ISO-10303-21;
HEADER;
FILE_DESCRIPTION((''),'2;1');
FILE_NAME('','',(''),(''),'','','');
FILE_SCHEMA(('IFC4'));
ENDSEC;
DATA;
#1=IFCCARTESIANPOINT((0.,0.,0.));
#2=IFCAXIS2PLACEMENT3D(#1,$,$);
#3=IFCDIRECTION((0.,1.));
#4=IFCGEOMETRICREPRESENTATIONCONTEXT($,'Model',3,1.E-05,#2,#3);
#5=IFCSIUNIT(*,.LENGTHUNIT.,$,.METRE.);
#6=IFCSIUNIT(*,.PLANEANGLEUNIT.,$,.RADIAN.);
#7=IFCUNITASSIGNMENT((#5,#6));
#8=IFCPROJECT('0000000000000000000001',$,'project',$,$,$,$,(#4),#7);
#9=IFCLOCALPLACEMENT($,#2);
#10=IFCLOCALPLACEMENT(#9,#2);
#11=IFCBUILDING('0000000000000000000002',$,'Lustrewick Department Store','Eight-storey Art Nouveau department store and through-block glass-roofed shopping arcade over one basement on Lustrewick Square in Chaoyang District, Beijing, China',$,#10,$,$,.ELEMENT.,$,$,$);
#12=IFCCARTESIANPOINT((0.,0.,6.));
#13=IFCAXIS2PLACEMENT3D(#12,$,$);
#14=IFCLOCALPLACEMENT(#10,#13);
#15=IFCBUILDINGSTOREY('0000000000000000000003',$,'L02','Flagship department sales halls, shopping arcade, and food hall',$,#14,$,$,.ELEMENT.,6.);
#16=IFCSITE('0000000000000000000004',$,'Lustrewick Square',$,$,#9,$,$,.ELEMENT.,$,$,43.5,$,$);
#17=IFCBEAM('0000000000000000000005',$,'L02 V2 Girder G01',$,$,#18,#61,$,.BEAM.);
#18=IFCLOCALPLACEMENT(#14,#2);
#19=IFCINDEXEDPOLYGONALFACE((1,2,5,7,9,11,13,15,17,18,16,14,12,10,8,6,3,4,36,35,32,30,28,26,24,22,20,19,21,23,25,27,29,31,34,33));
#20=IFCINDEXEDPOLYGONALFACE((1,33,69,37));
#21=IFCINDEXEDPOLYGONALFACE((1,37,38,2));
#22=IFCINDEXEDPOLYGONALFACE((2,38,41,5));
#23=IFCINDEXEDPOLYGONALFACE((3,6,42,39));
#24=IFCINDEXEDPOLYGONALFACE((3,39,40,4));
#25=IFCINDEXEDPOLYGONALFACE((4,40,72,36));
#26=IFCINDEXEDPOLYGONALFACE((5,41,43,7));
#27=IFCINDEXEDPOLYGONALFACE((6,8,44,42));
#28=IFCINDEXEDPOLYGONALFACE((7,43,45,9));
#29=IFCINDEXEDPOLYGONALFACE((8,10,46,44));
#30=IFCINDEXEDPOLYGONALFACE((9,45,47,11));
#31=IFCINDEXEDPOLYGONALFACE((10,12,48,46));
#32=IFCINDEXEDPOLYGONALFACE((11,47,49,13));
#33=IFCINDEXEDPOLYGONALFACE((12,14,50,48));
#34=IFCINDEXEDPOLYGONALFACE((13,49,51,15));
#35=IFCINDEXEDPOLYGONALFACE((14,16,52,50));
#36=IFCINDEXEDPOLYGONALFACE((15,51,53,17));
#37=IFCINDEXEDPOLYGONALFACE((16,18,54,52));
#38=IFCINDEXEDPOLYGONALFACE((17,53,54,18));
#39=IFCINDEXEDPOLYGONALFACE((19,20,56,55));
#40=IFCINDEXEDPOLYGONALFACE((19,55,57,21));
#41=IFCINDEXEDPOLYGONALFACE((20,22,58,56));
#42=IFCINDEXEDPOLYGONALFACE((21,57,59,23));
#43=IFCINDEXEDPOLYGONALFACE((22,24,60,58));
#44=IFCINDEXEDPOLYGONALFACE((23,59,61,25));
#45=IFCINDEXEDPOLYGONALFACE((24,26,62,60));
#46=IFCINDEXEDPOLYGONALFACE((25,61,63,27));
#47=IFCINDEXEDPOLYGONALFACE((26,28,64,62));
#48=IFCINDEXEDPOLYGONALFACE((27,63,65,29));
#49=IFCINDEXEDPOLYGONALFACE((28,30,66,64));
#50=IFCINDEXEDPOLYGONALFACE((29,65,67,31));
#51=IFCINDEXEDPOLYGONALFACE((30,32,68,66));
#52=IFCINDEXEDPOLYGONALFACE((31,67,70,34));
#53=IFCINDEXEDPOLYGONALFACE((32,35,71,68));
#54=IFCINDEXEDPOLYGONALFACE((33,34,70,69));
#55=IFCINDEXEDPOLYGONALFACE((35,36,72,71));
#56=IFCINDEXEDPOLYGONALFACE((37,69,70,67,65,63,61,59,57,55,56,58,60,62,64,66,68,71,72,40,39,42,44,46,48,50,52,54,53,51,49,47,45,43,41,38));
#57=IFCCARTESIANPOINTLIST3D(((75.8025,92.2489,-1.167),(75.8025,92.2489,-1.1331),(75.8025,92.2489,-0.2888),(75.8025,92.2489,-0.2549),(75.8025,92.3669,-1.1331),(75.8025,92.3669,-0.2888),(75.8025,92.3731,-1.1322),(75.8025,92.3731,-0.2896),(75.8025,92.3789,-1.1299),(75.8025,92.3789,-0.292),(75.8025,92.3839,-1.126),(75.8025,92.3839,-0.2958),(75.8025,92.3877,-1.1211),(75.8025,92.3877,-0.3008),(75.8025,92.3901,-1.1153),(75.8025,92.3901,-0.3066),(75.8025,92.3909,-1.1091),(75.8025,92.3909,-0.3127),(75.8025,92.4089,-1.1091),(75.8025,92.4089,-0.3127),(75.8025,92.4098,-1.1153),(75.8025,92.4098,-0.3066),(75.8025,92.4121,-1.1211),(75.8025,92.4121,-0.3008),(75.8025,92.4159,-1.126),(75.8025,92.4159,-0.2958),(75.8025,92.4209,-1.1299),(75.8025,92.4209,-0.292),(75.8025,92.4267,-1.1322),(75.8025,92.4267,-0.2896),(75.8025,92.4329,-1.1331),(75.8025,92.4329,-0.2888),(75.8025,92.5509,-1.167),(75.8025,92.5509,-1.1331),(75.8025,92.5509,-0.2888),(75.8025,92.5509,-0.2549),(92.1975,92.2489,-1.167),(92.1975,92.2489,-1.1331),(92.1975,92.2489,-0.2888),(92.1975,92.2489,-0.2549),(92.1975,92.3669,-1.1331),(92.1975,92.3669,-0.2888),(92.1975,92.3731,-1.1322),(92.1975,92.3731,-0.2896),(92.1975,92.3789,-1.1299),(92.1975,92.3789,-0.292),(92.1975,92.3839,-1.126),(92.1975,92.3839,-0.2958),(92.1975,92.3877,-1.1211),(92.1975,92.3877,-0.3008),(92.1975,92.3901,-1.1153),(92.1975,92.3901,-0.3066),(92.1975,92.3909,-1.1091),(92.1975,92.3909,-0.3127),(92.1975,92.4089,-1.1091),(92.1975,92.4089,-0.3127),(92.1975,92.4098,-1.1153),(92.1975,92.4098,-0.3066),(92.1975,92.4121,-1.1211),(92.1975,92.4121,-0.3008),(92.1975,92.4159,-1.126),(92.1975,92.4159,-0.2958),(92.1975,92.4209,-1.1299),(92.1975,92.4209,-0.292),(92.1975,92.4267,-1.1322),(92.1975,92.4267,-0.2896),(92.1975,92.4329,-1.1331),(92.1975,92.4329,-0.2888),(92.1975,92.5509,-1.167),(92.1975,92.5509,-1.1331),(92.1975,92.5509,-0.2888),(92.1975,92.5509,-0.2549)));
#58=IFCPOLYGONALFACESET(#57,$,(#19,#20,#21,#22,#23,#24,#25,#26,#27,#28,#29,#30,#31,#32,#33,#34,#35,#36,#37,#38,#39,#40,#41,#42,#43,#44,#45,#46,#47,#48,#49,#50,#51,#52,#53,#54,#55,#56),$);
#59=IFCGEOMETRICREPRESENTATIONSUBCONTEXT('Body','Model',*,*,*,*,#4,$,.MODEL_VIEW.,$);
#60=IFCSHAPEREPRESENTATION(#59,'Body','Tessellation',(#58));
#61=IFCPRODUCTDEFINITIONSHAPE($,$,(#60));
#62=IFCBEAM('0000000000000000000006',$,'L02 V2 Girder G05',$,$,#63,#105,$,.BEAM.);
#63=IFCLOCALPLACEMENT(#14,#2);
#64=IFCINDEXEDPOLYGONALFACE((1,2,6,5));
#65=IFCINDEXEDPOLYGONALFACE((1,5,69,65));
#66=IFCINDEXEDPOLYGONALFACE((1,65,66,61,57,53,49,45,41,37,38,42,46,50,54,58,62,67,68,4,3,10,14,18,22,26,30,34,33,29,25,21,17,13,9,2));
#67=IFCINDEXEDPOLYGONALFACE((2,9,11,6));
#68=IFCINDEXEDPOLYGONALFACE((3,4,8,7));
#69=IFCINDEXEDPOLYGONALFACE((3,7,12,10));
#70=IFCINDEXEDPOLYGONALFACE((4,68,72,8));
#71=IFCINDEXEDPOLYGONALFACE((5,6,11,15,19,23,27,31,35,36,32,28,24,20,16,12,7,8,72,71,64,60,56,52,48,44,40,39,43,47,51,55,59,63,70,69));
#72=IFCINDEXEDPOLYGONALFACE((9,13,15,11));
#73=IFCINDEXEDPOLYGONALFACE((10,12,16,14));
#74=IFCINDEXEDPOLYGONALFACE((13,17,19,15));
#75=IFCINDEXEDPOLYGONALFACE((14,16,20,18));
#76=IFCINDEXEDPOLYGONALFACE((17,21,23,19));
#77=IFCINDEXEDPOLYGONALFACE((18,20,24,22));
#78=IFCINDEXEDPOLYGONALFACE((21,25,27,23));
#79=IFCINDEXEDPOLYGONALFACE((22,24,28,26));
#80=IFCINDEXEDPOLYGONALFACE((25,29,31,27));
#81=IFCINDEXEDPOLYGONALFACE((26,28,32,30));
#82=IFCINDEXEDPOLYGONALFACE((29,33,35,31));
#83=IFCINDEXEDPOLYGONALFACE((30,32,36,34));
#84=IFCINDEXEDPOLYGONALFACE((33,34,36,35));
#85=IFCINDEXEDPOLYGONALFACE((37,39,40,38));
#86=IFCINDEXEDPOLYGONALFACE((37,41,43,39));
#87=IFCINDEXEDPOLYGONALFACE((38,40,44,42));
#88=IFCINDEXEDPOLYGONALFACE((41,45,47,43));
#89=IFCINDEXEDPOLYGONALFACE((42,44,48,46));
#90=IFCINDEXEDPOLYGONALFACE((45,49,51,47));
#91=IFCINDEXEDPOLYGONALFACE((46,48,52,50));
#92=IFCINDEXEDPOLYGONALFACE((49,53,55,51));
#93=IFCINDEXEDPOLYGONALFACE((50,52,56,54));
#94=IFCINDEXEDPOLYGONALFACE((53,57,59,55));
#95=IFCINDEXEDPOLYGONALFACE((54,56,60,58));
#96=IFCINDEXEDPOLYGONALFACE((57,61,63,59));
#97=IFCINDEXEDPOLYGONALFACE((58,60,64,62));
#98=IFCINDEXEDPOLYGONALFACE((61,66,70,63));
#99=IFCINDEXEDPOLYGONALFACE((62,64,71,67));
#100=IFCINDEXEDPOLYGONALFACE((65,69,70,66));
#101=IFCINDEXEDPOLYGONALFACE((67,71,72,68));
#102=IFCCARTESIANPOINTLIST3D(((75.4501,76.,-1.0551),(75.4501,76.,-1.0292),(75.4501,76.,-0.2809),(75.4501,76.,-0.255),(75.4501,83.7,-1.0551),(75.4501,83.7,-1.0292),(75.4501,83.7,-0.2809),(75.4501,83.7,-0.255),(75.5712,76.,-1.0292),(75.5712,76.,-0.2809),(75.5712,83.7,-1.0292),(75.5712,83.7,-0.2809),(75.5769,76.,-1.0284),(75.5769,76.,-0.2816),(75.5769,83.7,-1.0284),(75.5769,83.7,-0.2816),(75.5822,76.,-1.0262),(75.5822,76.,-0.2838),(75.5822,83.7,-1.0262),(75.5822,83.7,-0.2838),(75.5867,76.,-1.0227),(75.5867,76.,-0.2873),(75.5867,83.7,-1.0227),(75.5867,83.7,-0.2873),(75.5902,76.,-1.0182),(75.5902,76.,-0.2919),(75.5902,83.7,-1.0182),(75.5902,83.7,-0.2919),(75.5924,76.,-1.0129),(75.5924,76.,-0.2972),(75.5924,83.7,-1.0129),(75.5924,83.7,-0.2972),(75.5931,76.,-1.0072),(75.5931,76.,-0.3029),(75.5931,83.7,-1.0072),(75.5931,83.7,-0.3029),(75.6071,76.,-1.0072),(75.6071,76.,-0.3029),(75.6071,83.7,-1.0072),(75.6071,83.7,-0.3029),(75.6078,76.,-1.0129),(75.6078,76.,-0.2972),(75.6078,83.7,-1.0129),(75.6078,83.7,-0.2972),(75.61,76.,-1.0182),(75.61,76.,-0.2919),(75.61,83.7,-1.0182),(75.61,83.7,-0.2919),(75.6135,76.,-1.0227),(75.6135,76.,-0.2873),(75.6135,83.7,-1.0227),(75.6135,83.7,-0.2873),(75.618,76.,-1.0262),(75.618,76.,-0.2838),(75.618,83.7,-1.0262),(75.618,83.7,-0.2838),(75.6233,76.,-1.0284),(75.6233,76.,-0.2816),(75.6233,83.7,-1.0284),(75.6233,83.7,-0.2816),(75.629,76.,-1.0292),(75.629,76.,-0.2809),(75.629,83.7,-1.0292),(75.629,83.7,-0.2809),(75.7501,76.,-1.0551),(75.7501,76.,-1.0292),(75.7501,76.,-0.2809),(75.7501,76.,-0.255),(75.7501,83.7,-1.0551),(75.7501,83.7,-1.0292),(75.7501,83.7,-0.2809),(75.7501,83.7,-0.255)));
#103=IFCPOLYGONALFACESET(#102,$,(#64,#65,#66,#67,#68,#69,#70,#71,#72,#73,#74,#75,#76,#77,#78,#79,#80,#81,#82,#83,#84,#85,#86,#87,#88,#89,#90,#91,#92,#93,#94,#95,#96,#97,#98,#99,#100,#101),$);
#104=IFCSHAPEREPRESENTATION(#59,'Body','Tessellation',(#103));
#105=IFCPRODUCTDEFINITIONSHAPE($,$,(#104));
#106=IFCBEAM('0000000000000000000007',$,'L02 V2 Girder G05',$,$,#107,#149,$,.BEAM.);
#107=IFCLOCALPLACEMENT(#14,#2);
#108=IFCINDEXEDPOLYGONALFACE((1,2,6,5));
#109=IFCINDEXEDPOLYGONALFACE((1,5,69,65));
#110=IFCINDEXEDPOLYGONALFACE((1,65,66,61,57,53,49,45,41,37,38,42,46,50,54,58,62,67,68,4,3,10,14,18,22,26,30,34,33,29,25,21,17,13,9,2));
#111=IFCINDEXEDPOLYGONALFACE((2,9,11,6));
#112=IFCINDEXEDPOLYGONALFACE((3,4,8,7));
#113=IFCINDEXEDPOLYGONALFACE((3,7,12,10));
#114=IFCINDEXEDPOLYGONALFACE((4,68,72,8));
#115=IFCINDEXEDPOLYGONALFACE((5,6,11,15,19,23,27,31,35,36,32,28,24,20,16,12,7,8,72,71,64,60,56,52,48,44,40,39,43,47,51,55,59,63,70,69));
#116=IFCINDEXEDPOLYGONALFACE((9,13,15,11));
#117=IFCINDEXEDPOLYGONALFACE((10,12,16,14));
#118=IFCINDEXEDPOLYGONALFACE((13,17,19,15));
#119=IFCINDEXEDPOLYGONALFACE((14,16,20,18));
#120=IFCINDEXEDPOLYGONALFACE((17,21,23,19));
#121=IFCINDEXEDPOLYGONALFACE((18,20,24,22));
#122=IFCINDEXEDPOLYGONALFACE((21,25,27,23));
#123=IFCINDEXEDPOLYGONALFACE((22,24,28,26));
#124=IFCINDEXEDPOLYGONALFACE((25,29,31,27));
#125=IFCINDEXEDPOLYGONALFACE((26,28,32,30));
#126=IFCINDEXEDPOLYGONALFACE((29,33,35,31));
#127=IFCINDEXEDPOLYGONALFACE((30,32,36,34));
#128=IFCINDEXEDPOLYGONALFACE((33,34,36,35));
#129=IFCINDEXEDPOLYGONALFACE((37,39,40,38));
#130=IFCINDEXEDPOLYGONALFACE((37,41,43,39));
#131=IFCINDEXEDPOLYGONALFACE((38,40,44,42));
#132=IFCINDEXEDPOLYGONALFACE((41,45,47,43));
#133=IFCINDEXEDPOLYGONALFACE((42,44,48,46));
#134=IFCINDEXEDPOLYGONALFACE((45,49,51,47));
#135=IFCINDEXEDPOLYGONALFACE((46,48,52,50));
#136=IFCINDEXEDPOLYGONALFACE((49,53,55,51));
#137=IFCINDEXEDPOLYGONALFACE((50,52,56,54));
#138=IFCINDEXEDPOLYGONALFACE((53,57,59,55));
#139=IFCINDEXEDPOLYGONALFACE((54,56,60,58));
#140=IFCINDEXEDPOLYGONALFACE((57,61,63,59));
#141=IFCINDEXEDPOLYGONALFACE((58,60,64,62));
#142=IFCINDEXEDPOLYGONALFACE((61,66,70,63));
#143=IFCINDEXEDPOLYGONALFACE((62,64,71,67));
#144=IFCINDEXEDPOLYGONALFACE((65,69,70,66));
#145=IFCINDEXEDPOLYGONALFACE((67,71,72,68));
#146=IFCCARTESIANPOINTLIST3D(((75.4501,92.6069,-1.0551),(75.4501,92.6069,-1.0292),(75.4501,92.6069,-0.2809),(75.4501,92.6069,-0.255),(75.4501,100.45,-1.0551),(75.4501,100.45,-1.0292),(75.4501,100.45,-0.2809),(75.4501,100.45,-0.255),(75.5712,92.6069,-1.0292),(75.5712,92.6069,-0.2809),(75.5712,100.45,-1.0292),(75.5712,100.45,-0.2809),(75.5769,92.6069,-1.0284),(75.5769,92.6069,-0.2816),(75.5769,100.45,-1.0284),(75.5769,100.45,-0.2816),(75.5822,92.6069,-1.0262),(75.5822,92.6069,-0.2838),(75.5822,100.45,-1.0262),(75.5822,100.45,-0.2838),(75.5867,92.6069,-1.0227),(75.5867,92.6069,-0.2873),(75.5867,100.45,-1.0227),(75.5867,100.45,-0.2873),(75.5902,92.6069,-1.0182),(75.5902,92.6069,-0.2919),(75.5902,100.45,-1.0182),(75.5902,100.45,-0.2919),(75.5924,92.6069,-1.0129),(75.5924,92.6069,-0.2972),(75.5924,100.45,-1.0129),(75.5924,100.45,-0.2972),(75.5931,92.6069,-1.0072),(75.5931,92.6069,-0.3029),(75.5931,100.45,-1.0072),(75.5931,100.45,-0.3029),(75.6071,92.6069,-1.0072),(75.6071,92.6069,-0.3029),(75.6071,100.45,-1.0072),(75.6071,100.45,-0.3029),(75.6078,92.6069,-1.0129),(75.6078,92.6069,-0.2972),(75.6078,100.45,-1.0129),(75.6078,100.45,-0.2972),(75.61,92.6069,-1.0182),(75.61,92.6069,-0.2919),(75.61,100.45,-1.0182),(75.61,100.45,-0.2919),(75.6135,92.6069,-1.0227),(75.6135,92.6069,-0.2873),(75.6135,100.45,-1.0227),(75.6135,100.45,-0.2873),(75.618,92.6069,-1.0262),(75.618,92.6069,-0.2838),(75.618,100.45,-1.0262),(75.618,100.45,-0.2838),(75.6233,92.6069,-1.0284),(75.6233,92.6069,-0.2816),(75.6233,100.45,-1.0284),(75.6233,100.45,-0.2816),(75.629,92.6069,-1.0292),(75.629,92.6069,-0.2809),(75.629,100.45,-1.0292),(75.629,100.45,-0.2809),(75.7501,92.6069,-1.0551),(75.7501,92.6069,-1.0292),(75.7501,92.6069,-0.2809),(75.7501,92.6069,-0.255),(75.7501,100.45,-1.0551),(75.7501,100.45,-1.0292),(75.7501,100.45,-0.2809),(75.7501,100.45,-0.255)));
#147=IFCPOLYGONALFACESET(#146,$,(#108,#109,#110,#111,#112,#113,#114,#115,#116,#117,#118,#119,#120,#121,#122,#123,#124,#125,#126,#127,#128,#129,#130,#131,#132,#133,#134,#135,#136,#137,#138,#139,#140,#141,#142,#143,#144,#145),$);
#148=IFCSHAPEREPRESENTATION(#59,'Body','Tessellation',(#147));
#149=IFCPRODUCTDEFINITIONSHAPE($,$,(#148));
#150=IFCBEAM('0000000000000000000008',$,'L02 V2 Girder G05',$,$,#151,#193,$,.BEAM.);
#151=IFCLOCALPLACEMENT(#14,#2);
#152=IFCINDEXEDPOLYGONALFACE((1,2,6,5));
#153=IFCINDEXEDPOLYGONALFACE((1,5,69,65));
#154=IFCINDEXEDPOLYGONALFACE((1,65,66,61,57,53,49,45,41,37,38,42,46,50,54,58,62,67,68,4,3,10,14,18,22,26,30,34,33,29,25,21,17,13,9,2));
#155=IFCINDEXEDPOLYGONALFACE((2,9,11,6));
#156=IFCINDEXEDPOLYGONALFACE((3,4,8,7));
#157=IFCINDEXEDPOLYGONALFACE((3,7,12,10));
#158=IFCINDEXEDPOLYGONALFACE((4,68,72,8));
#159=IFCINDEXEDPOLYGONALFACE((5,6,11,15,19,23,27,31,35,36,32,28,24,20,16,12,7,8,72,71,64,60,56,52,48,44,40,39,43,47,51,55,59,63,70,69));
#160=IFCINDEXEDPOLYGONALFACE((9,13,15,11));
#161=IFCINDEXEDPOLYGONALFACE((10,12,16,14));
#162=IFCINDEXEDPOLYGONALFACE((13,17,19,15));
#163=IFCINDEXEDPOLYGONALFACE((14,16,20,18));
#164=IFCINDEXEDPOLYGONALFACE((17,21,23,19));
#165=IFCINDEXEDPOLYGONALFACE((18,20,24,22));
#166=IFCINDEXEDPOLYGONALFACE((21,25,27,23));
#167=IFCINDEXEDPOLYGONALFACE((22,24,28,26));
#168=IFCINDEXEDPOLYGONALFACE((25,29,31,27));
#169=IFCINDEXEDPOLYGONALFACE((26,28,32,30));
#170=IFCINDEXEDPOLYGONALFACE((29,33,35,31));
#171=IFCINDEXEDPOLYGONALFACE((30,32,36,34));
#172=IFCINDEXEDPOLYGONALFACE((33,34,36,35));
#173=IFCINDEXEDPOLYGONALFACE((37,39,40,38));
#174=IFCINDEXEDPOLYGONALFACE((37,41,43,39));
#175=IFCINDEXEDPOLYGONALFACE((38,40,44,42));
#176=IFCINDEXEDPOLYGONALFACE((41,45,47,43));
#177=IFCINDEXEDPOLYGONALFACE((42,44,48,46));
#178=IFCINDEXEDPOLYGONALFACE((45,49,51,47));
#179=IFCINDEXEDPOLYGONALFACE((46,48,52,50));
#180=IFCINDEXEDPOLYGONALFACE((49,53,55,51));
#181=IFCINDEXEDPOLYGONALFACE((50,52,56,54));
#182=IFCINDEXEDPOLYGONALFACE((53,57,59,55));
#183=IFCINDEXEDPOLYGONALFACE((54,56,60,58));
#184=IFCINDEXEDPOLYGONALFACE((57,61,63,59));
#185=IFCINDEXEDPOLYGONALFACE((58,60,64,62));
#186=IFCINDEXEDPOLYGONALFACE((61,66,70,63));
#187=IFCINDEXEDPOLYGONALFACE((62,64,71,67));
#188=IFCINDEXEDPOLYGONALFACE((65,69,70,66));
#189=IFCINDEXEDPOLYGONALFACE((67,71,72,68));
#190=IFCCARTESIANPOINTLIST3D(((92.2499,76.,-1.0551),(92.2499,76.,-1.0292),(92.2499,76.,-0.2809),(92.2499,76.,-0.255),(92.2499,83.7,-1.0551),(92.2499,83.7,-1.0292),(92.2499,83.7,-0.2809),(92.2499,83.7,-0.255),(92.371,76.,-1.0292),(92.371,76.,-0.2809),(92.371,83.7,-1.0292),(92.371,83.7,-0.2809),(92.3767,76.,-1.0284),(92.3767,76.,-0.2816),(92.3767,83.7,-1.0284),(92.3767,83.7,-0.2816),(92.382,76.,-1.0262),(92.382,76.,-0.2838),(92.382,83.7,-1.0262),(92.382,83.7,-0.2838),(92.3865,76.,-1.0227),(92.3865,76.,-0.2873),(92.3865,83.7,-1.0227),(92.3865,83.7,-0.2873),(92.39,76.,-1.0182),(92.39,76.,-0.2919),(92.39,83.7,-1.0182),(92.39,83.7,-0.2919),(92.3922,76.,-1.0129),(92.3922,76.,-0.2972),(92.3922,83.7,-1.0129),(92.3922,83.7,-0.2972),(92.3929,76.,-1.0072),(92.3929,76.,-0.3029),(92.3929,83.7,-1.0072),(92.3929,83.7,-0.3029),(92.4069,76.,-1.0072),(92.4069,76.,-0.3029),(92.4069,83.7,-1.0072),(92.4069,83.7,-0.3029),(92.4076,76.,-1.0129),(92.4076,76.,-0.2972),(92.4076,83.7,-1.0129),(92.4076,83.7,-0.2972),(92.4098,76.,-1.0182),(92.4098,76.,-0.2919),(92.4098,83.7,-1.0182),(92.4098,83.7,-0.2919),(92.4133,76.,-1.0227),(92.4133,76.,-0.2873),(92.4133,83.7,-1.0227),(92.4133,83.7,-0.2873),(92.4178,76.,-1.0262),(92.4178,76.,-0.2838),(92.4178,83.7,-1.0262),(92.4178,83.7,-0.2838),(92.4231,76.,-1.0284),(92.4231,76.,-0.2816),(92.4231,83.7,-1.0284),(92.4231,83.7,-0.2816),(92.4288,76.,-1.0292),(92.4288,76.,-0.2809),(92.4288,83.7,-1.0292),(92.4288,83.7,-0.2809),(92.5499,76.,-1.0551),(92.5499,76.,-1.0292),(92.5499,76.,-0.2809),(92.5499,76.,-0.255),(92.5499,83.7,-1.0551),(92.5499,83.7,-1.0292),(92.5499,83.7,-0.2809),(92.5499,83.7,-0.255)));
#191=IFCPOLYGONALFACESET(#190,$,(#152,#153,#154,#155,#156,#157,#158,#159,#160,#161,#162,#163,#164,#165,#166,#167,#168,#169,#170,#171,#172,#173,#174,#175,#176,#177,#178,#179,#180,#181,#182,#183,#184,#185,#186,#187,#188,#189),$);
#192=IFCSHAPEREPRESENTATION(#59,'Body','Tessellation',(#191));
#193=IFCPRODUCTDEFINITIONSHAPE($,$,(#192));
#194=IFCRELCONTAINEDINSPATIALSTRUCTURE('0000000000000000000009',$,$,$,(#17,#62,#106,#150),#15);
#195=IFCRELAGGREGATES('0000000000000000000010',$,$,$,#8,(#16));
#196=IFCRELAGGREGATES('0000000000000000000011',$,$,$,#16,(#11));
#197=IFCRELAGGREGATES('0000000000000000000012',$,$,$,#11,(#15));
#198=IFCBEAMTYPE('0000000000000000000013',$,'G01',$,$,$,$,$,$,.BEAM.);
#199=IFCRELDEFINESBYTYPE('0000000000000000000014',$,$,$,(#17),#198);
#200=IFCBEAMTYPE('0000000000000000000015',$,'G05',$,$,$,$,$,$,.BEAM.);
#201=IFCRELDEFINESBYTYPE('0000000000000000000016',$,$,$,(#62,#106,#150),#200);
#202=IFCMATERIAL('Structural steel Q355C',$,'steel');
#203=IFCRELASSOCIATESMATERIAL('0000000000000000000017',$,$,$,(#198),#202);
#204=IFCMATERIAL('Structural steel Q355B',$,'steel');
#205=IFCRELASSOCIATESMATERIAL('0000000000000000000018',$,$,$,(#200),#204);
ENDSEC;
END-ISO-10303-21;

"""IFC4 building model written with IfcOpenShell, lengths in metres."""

from ifc_helpers import new_model, si_unit, direction, frame, origin, origin_2d, place, context, subcontext, project, spatial, i_section, extrude, material, material_profile, profile_set, type_object, element, save


model = new_model("IFC4")

# Units and contexts
model_context = context("Model", 3, precision=1e-05, world=origin(), true_north=direction((0.0, 1.0)))
body_context = subcontext(model_context, "Body", "Model", "MODEL_VIEW")
ifc_project = project(units=[si_unit("LENGTHUNIT", "METRE"), si_unit("PLANEANGLEUNIT", "RADIAN")], contexts=[model_context])

# Site, building, storey
site_placement = place(None, origin())
site = spatial("IfcSite", under=ifc_project, at=site_placement, Name="Lustrewick Square", CompositionType="ELEMENT", RefElevation=43.5)
building_placement = place(site_placement, origin())
building = spatial("IfcBuilding", under=site, at=building_placement, Name="Lustrewick Department Store", Description="Eight-storey Art Nouveau department store and through-block glass-roofed shopping arcade over one basement on Lustrewick Square in Chaoyang District, Beijing, China", CompositionType="ELEMENT")
storey_placement = place(building_placement, frame((0.0, 0.0, 6.0)))
storey = spatial("IfcBuildingStorey", under=building, at=storey_placement, Name="L02", Description="Flagship department sales halls, shopping arcade, and food hall", CompositionType="ELEMENT", Elevation=6.0)

# Shared definitions
ifc_material_1 = material(Name="Structural steel Q355C", Category="steel")
ifc_material_2 = material(Name="Structural steel Q355B", Category="steel")

# Beams
ifc_material_profile_1 = material_profile(ifc_material_1, i_section(OverallWidth=0.302, OverallDepth=0.9121, WebThickness=0.0181, FlangeThickness=0.0339, FilletRadius=0.0239, at=origin_2d()), Name="HN 912x302x18x34")
ifc_profile_set_1 = profile_set([ifc_material_profile_1], Name="Structural steel Q355C")
beam_type_1 = type_object("IfcBeamType", Name="G01", PredefinedType="BEAM", material=ifc_profile_set_1)
beam_1_placement = place(storey_placement, frame((75.8025, 92.3999, -0.7109), z_axis=(1.0, 0.0, 0.0), x_axis=(0.0, 1.0, 0.0)))
element("IfcBeam", 1, at=beam_1_placement, inside=storey, type_object=beam_type_1, Name="L02 V2 Girder G01", PredefinedType="BEAM", context=body_context, shape_type="SweptSolid", body=[
    extrude(i_section(OverallWidth=0.302, OverallDepth=0.9121, WebThickness=0.0181, FlangeThickness=0.0339, FilletRadius=0.0239, at=origin_2d()), origin(), (0.0, 0.0, 1.0), 16.395),
])
ifc_material_profile_2 = material_profile(ifc_material_2, i_section(OverallWidth=0.3, OverallDepth=0.8, WebThickness=0.0139, FlangeThickness=0.0259, FilletRadius=0.022, at=origin_2d()), Name="HN 800x300x14x26")
ifc_profile_set_2 = profile_set([ifc_material_profile_2], Name="Structural steel Q355B")
beam_type_2 = type_object("IfcBeamType", Name="G05", PredefinedType="BEAM", material=ifc_profile_set_2)
beam_2_placement = place(storey_placement, frame((75.6001, 76.0, -0.655), z_axis=(0.0, 1.0, 0.0), x_axis=(-1.0, 0.0, 0.0)))
element("IfcBeam", 2, at=beam_2_placement, inside=storey, type_object=beam_type_2, Name="L02 V2 Girder G05", PredefinedType="BEAM", context=body_context, shape_type="SweptSolid", body=[
    extrude(i_section(OverallWidth=0.3, OverallDepth=0.8, WebThickness=0.0139, FlangeThickness=0.0259, FilletRadius=0.022, at=origin_2d()), origin(), (0.0, 0.0, 1.0), 7.7),
])
beam_3_placement = place(storey_placement, frame((75.6001, 92.6069, -0.655), z_axis=(0.0, 1.0, 0.0), x_axis=(-1.0, 0.0, 0.0)))
element("IfcBeam", 3, at=beam_3_placement, inside=storey, type_object=beam_type_2, Name="L02 V2 Girder G05", PredefinedType="BEAM", context=body_context, shape_type="SweptSolid", body=[
    extrude(i_section(OverallWidth=0.3, OverallDepth=0.8, WebThickness=0.0139, FlangeThickness=0.0259, FilletRadius=0.022, at=origin_2d()), origin(), (0.0, 0.0, 1.0), 7.843),
])
beam_4_placement = place(storey_placement, frame((92.3999, 76.0, -0.655), z_axis=(0.0, 1.0, 0.0), x_axis=(-1.0, 0.0, 0.0)))
element("IfcBeam", 4, at=beam_4_placement, inside=storey, type_object=beam_type_2, Name="L02 V2 Girder G05", PredefinedType="BEAM", context=body_context, shape_type="SweptSolid", body=[
    extrude(i_section(OverallWidth=0.3, OverallDepth=0.8, WebThickness=0.0139, FlangeThickness=0.0259, FilletRadius=0.022, at=origin_2d()), origin(), (0.0, 0.0, 1.0), 7.7),
])

save(model, "model.ifc")
